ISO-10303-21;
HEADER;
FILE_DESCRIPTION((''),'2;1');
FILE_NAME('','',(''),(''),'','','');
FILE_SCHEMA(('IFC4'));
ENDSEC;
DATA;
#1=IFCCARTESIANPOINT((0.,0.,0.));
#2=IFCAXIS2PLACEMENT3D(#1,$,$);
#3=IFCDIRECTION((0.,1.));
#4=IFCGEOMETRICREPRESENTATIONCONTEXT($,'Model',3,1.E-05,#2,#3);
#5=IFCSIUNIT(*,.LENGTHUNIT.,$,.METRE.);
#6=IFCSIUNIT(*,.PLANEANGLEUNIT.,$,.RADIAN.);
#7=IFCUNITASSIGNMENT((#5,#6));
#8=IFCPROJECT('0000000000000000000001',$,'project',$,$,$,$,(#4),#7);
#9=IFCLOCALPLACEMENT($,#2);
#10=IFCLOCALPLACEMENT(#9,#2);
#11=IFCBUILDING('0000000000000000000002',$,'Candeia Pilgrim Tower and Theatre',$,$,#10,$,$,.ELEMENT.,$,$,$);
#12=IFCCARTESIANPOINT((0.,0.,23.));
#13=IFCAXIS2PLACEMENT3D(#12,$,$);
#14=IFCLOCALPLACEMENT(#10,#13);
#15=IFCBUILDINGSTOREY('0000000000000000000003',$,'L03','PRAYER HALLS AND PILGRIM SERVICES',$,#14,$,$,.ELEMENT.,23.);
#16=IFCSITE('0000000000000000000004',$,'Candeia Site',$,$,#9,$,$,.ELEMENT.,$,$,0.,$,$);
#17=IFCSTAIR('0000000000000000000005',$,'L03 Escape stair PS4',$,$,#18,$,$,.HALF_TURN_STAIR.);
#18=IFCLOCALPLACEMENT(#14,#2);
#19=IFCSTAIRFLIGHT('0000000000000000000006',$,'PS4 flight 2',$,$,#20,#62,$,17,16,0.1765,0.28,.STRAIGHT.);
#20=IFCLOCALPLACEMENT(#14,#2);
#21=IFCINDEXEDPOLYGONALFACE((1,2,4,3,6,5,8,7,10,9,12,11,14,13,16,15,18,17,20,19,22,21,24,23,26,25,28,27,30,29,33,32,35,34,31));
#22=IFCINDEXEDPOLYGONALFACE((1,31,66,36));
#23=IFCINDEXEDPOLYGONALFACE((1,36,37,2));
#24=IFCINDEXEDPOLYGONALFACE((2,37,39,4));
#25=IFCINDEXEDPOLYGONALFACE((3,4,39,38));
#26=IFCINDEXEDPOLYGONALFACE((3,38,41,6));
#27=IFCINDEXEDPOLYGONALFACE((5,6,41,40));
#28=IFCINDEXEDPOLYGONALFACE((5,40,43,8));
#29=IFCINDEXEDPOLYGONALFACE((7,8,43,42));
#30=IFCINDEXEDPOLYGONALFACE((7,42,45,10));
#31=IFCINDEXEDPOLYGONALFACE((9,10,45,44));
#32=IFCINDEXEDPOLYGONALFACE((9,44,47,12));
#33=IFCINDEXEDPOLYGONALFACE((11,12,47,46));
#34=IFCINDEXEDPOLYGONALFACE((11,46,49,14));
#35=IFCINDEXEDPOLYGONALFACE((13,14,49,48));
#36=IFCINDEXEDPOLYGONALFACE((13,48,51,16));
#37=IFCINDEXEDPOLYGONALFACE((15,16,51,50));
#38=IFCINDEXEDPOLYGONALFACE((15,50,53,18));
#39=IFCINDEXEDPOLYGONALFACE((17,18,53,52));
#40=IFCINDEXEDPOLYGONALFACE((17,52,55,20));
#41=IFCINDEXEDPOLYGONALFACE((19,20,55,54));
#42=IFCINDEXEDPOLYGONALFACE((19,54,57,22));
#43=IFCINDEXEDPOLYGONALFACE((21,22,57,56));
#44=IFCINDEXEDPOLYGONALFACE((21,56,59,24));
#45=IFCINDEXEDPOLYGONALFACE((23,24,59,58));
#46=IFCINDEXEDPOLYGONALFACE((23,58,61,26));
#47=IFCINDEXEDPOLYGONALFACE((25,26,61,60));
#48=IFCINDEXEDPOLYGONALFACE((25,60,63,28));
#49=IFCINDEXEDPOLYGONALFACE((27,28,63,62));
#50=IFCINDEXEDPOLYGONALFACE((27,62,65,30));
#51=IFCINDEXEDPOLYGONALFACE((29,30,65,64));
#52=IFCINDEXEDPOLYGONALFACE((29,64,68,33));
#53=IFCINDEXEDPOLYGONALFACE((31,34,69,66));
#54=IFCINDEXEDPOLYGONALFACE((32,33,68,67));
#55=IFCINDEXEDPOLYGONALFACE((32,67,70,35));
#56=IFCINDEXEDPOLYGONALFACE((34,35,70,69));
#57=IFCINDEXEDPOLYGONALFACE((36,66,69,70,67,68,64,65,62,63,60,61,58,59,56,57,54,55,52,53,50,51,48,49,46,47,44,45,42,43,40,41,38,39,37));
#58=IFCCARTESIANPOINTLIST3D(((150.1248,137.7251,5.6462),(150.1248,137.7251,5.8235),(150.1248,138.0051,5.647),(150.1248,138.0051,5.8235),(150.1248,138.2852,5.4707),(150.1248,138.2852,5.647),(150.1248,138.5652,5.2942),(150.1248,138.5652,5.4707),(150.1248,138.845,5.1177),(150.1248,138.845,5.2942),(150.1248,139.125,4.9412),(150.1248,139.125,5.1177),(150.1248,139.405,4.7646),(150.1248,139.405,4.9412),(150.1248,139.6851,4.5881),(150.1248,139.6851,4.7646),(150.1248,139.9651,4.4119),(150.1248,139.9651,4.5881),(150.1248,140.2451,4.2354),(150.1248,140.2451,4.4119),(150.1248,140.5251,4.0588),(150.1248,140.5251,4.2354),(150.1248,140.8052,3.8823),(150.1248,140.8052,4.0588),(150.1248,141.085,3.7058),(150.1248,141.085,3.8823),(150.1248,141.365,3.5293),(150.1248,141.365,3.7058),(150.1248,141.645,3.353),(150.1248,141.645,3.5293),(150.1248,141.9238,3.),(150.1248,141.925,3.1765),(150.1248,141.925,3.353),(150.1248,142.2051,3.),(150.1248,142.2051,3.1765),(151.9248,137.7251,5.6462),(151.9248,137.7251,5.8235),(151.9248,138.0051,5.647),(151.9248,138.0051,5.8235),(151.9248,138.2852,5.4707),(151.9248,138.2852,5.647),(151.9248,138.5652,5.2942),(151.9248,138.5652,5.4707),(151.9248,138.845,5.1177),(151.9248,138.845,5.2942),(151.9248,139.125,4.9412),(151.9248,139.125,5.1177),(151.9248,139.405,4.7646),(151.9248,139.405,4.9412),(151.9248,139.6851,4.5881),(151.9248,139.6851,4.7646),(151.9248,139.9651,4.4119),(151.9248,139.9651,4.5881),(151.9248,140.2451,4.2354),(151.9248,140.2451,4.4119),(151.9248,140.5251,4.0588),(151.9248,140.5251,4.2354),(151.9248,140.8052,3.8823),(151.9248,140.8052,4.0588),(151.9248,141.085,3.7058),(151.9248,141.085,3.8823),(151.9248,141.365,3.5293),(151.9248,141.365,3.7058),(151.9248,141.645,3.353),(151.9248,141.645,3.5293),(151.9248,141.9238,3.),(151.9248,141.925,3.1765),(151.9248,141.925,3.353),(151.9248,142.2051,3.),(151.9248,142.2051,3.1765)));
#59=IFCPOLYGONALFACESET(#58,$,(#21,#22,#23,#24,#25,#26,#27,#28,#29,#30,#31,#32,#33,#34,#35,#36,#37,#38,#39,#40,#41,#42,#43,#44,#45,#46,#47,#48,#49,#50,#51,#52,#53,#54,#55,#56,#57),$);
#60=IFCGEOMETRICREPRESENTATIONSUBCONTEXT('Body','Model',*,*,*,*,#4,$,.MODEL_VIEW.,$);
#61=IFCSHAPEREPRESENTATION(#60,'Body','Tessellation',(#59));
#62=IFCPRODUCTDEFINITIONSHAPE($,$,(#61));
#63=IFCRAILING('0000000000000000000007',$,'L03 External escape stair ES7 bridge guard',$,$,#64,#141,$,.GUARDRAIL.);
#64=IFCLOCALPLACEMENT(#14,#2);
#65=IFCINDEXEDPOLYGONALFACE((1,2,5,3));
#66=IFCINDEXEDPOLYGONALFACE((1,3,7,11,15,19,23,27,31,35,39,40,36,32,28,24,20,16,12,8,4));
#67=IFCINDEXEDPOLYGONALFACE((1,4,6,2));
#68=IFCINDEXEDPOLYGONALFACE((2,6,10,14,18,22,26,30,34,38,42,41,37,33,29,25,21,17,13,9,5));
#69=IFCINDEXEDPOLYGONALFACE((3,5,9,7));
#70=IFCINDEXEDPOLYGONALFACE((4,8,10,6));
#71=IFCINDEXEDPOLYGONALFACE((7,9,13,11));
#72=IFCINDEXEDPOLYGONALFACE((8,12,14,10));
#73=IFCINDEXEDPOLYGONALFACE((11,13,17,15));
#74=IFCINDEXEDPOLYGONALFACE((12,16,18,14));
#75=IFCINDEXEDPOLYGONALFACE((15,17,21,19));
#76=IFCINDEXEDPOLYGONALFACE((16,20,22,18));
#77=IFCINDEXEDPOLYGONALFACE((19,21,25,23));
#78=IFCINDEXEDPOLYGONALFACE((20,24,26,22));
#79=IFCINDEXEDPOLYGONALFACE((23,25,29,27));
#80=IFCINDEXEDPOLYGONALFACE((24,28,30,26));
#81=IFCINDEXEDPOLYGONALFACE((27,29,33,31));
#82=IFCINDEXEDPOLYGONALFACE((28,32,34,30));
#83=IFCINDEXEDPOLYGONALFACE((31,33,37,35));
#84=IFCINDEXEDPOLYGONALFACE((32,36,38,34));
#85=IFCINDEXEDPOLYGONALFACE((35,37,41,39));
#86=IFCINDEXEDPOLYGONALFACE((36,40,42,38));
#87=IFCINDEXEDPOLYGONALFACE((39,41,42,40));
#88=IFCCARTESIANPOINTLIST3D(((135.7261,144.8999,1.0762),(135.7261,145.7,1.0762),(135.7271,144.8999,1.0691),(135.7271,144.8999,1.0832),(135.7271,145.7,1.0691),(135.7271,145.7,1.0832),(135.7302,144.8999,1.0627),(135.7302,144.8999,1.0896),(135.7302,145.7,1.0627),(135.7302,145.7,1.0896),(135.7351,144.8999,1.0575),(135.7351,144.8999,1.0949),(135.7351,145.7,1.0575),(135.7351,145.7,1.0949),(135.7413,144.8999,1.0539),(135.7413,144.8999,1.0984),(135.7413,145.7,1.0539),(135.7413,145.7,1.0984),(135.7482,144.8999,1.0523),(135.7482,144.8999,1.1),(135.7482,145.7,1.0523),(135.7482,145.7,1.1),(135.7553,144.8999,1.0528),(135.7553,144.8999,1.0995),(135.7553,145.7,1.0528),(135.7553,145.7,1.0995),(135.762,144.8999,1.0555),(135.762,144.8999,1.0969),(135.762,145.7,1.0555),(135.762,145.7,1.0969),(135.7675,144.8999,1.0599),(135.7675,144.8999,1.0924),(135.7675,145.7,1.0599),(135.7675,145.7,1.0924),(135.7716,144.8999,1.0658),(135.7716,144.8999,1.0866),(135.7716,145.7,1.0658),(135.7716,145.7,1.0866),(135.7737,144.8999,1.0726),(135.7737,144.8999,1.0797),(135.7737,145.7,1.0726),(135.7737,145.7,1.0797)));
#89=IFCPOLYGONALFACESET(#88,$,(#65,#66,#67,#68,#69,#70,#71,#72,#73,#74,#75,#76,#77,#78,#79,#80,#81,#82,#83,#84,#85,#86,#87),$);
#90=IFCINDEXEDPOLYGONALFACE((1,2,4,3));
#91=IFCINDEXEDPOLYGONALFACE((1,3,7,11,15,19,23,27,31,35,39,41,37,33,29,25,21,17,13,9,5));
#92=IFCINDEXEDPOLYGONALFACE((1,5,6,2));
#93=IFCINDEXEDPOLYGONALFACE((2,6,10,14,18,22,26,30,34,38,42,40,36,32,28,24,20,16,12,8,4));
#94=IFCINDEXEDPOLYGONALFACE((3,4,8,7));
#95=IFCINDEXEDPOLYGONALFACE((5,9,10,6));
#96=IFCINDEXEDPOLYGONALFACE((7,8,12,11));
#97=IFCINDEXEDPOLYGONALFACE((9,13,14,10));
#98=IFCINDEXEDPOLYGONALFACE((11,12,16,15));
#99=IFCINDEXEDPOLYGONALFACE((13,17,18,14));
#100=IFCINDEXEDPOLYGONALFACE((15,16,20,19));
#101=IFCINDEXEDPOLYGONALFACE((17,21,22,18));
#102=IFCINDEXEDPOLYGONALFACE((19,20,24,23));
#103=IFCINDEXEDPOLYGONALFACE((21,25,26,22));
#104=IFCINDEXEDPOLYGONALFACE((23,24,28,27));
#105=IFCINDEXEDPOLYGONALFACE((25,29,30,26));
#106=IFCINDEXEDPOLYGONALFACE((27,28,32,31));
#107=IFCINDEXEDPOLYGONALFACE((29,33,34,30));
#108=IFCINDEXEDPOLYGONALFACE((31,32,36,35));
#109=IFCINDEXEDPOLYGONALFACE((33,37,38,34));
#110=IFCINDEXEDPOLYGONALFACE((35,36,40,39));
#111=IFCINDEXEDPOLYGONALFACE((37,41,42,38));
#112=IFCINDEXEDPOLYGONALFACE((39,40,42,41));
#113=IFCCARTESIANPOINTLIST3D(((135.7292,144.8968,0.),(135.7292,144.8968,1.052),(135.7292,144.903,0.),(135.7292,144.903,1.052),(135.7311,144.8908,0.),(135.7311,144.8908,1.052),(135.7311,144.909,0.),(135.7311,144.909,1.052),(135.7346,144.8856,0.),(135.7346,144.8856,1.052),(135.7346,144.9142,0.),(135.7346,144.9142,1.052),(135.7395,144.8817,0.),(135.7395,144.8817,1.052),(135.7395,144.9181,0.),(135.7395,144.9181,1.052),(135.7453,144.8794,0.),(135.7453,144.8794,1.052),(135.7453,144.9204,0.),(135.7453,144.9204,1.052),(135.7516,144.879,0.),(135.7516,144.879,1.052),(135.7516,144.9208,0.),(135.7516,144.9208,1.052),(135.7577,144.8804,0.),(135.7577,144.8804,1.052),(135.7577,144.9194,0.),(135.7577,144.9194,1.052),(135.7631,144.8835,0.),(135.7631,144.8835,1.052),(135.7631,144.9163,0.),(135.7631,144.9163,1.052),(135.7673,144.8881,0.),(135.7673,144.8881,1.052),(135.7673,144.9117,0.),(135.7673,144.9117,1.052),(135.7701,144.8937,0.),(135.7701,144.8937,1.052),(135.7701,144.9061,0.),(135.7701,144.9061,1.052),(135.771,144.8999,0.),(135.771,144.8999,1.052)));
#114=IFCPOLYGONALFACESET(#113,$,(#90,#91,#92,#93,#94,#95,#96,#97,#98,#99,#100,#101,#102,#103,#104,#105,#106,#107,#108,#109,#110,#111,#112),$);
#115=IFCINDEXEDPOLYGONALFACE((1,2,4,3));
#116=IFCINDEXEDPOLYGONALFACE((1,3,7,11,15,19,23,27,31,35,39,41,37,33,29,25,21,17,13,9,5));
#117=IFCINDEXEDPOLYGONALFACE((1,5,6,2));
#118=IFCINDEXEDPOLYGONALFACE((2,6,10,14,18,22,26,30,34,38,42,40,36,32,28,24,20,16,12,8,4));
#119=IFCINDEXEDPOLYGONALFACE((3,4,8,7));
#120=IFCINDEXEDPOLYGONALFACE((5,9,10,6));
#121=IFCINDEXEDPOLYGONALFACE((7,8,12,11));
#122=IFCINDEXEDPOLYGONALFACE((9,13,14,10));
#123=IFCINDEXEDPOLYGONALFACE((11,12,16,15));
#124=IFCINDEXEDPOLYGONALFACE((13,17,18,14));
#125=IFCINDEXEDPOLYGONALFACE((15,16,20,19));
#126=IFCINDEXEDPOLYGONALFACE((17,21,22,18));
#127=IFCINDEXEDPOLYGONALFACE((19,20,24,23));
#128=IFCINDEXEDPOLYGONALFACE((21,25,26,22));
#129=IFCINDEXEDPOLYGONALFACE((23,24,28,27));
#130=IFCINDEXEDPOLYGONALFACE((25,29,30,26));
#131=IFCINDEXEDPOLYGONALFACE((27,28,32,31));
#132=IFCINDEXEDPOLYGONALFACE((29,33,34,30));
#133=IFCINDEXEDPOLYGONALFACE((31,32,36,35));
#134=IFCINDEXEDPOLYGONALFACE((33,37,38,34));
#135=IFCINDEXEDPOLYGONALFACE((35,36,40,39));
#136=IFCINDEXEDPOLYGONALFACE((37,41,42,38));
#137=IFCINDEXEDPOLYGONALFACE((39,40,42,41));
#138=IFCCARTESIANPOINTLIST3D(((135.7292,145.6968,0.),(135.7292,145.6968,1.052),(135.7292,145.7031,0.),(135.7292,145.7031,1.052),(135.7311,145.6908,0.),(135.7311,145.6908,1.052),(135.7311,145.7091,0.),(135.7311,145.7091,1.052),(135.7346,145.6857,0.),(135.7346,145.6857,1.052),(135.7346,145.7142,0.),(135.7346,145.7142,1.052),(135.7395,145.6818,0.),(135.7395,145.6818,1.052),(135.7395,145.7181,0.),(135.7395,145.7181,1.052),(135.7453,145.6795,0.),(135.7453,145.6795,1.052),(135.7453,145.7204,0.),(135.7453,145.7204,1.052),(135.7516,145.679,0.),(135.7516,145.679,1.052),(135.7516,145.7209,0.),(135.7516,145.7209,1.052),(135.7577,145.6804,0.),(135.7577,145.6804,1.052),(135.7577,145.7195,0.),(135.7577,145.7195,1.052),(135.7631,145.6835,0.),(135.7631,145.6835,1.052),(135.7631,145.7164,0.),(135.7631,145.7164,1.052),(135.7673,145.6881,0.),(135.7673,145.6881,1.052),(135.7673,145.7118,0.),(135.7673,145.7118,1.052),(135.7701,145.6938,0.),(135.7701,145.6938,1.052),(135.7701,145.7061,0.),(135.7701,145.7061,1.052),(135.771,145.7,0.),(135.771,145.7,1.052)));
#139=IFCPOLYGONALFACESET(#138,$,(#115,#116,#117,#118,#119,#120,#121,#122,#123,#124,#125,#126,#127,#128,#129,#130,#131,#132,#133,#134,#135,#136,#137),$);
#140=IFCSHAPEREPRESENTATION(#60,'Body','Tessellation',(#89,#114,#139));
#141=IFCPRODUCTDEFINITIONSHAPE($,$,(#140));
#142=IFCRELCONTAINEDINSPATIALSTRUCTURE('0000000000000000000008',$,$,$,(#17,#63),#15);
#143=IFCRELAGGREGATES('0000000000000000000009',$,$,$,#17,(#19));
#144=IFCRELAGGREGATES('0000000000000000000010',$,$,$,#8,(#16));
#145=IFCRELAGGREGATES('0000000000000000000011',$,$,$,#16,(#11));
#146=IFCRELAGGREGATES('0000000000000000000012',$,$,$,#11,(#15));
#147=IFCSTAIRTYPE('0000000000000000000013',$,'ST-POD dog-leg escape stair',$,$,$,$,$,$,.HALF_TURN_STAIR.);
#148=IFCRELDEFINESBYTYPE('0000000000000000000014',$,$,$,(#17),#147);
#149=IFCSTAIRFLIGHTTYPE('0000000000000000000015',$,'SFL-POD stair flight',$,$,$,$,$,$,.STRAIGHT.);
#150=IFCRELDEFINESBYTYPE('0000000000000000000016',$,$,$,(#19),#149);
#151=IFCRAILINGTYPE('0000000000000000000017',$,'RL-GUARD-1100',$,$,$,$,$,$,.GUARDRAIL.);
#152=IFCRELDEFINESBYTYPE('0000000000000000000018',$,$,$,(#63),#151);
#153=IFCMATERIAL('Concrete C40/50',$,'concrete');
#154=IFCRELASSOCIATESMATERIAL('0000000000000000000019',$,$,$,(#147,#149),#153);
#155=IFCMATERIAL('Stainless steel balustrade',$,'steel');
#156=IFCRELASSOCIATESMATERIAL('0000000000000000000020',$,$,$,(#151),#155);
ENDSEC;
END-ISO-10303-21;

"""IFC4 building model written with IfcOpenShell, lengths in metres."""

from ifc_helpers import new_model, si_unit, direction, frame, origin, origin_2d, place, context, subcontext, project, spatial, polyline, circle, outline, extrude, material, type_object, element, aggregate, save


model = new_model("IFC4")

# Units and contexts
model_context = context("Model", 3, precision=1e-05, world=origin(), true_north=direction((0.0, 1.0)))
body_context = subcontext(model_context, "Body", "Model", "MODEL_VIEW")
ifc_project = project(units=[si_unit("LENGTHUNIT", "METRE"), si_unit("PLANEANGLEUNIT", "RADIAN")], contexts=[model_context])

# Site, building, storey
site_placement = place(None, origin())
site = spatial("IfcSite", under=ifc_project, at=site_placement, Name="Candeia Site", CompositionType="ELEMENT", RefElevation=0.0)
building_placement = place(site_placement, origin())
building = spatial("IfcBuilding", under=site, at=building_placement, Name="Candeia Pilgrim Tower and Theatre", CompositionType="ELEMENT")
storey_placement = place(building_placement, frame((0.0, 0.0, 23.0)))
storey = spatial("IfcBuildingStorey", under=building, at=storey_placement, Name="L03", Description="PRAYER HALLS AND PILGRIM SERVICES", CompositionType="ELEMENT", Elevation=23.0)

# Shared definitions
ifc_material_1 = material(Name="Concrete C40/50", Category="concrete")

# Stair, stair flight
stair_type_1 = type_object("IfcStairType", Name="ST-POD dog-leg escape stair", PredefinedType="HALF_TURN_STAIR", material=ifc_material_1)
stair_flight_type_1 = type_object("IfcStairFlightType", Name="SFL-POD stair flight", PredefinedType="STRAIGHT", material=ifc_material_1)
stair_1_placement = place(storey_placement, origin())
stair_1 = element("IfcStair", 1, at=stair_1_placement, inside=storey, type_object=stair_type_1, Name="L03 Escape stair PS4", PredefinedType="HALF_TURN_STAIR")
stair_flight_1_placement = place(storey_placement, frame((151.0249, 142.2051, 3.0), z_axis=(0.0, 0.0, 1.0), x_axis=(0.0, -1.0, 0.0)))
stair_flight_1 = element("IfcStairFlight", 2, at=stair_flight_1_placement, type_object=stair_flight_type_1, Name="PS4 flight 2", NumberOfRisers=17, NumberOfTreads=16, PredefinedType="STRAIGHT", RiserHeight=0.1765, TreadLength=0.28, context=body_context, shape_type="SweptSolid", body=[
    extrude(outline(polyline([(0.0, 0.0), (0.0, 0.1765), (0.28, 0.1765), (0.28, 0.353), (0.5601, 0.353), (0.5601, 0.5293), (0.8401, 0.5293), (0.8401, 0.7058), (1.1201, 0.7058), (1.1201, 0.8823), (1.3999, 0.8823), (1.3999, 1.0588), (1.6799, 1.0588), (1.6799, 1.2354), (1.96, 1.2354), (1.96, 1.4119), (2.24, 1.4119), (2.24, 1.5881), (2.52, 1.5881), (2.52, 1.7646), (2.8, 1.7646), (2.8, 1.9412), (3.0801, 1.9412), (3.0801, 2.1177), (3.3601, 2.1177), (3.3601, 2.2942), (3.6399, 2.2942), (3.6399, 2.4707), (3.9199, 2.4707), (3.9199, 2.647), (4.2, 2.647), (4.2, 2.8235), (4.48, 2.8235), (4.48, 3.0), (4.48, 2.6462), (0.2812, 0.0), (0.0, 0.0)])), frame((0.0, 0.8999, 0.0), z_axis=(0.0, -1.0, 0.0), x_axis=(1.0, 0.0, 0.0)), (0.0, 0.0, 1.0), 1.8),
])
aggregate(stair_1, [stair_flight_1])

# Railing
ifc_material_2 = material(Name="Stainless steel balustrade", Category="steel")
railing_type_1 = type_object("IfcRailingType", Name="RL-GUARD-1100", PredefinedType="GUARDRAIL", material=ifc_material_2)
railing_1_placement = place(storey_placement, frame((135.75, 144.8999, 0.0)))
element("IfcRailing", 3, at=railing_1_placement, inside=storey, type_object=railing_type_1, Name="L03 External escape stair ES7 bridge guard", PredefinedType="GUARDRAIL", context=body_context, shape_type="SweptSolid", body=[
    extrude(circle(Radius=0.0239, at=origin_2d()), frame((0.0, 0.0, 1.0762), z_axis=(0.0, 1.0, 0.0), x_axis=(-1.0, 0.0, 0.0)), (0.0, 0.0, 1.0), 0.8),
    extrude(circle(Radius=0.021, at=origin_2d()), origin(), (0.0, 0.0, 1.0), 1.052),
    extrude(circle(Radius=0.021, at=origin_2d()), frame((0.0, 0.8, 0.0)), (0.0, 0.0, 1.0), 1.052),
])

save(model, "model.ifc")
